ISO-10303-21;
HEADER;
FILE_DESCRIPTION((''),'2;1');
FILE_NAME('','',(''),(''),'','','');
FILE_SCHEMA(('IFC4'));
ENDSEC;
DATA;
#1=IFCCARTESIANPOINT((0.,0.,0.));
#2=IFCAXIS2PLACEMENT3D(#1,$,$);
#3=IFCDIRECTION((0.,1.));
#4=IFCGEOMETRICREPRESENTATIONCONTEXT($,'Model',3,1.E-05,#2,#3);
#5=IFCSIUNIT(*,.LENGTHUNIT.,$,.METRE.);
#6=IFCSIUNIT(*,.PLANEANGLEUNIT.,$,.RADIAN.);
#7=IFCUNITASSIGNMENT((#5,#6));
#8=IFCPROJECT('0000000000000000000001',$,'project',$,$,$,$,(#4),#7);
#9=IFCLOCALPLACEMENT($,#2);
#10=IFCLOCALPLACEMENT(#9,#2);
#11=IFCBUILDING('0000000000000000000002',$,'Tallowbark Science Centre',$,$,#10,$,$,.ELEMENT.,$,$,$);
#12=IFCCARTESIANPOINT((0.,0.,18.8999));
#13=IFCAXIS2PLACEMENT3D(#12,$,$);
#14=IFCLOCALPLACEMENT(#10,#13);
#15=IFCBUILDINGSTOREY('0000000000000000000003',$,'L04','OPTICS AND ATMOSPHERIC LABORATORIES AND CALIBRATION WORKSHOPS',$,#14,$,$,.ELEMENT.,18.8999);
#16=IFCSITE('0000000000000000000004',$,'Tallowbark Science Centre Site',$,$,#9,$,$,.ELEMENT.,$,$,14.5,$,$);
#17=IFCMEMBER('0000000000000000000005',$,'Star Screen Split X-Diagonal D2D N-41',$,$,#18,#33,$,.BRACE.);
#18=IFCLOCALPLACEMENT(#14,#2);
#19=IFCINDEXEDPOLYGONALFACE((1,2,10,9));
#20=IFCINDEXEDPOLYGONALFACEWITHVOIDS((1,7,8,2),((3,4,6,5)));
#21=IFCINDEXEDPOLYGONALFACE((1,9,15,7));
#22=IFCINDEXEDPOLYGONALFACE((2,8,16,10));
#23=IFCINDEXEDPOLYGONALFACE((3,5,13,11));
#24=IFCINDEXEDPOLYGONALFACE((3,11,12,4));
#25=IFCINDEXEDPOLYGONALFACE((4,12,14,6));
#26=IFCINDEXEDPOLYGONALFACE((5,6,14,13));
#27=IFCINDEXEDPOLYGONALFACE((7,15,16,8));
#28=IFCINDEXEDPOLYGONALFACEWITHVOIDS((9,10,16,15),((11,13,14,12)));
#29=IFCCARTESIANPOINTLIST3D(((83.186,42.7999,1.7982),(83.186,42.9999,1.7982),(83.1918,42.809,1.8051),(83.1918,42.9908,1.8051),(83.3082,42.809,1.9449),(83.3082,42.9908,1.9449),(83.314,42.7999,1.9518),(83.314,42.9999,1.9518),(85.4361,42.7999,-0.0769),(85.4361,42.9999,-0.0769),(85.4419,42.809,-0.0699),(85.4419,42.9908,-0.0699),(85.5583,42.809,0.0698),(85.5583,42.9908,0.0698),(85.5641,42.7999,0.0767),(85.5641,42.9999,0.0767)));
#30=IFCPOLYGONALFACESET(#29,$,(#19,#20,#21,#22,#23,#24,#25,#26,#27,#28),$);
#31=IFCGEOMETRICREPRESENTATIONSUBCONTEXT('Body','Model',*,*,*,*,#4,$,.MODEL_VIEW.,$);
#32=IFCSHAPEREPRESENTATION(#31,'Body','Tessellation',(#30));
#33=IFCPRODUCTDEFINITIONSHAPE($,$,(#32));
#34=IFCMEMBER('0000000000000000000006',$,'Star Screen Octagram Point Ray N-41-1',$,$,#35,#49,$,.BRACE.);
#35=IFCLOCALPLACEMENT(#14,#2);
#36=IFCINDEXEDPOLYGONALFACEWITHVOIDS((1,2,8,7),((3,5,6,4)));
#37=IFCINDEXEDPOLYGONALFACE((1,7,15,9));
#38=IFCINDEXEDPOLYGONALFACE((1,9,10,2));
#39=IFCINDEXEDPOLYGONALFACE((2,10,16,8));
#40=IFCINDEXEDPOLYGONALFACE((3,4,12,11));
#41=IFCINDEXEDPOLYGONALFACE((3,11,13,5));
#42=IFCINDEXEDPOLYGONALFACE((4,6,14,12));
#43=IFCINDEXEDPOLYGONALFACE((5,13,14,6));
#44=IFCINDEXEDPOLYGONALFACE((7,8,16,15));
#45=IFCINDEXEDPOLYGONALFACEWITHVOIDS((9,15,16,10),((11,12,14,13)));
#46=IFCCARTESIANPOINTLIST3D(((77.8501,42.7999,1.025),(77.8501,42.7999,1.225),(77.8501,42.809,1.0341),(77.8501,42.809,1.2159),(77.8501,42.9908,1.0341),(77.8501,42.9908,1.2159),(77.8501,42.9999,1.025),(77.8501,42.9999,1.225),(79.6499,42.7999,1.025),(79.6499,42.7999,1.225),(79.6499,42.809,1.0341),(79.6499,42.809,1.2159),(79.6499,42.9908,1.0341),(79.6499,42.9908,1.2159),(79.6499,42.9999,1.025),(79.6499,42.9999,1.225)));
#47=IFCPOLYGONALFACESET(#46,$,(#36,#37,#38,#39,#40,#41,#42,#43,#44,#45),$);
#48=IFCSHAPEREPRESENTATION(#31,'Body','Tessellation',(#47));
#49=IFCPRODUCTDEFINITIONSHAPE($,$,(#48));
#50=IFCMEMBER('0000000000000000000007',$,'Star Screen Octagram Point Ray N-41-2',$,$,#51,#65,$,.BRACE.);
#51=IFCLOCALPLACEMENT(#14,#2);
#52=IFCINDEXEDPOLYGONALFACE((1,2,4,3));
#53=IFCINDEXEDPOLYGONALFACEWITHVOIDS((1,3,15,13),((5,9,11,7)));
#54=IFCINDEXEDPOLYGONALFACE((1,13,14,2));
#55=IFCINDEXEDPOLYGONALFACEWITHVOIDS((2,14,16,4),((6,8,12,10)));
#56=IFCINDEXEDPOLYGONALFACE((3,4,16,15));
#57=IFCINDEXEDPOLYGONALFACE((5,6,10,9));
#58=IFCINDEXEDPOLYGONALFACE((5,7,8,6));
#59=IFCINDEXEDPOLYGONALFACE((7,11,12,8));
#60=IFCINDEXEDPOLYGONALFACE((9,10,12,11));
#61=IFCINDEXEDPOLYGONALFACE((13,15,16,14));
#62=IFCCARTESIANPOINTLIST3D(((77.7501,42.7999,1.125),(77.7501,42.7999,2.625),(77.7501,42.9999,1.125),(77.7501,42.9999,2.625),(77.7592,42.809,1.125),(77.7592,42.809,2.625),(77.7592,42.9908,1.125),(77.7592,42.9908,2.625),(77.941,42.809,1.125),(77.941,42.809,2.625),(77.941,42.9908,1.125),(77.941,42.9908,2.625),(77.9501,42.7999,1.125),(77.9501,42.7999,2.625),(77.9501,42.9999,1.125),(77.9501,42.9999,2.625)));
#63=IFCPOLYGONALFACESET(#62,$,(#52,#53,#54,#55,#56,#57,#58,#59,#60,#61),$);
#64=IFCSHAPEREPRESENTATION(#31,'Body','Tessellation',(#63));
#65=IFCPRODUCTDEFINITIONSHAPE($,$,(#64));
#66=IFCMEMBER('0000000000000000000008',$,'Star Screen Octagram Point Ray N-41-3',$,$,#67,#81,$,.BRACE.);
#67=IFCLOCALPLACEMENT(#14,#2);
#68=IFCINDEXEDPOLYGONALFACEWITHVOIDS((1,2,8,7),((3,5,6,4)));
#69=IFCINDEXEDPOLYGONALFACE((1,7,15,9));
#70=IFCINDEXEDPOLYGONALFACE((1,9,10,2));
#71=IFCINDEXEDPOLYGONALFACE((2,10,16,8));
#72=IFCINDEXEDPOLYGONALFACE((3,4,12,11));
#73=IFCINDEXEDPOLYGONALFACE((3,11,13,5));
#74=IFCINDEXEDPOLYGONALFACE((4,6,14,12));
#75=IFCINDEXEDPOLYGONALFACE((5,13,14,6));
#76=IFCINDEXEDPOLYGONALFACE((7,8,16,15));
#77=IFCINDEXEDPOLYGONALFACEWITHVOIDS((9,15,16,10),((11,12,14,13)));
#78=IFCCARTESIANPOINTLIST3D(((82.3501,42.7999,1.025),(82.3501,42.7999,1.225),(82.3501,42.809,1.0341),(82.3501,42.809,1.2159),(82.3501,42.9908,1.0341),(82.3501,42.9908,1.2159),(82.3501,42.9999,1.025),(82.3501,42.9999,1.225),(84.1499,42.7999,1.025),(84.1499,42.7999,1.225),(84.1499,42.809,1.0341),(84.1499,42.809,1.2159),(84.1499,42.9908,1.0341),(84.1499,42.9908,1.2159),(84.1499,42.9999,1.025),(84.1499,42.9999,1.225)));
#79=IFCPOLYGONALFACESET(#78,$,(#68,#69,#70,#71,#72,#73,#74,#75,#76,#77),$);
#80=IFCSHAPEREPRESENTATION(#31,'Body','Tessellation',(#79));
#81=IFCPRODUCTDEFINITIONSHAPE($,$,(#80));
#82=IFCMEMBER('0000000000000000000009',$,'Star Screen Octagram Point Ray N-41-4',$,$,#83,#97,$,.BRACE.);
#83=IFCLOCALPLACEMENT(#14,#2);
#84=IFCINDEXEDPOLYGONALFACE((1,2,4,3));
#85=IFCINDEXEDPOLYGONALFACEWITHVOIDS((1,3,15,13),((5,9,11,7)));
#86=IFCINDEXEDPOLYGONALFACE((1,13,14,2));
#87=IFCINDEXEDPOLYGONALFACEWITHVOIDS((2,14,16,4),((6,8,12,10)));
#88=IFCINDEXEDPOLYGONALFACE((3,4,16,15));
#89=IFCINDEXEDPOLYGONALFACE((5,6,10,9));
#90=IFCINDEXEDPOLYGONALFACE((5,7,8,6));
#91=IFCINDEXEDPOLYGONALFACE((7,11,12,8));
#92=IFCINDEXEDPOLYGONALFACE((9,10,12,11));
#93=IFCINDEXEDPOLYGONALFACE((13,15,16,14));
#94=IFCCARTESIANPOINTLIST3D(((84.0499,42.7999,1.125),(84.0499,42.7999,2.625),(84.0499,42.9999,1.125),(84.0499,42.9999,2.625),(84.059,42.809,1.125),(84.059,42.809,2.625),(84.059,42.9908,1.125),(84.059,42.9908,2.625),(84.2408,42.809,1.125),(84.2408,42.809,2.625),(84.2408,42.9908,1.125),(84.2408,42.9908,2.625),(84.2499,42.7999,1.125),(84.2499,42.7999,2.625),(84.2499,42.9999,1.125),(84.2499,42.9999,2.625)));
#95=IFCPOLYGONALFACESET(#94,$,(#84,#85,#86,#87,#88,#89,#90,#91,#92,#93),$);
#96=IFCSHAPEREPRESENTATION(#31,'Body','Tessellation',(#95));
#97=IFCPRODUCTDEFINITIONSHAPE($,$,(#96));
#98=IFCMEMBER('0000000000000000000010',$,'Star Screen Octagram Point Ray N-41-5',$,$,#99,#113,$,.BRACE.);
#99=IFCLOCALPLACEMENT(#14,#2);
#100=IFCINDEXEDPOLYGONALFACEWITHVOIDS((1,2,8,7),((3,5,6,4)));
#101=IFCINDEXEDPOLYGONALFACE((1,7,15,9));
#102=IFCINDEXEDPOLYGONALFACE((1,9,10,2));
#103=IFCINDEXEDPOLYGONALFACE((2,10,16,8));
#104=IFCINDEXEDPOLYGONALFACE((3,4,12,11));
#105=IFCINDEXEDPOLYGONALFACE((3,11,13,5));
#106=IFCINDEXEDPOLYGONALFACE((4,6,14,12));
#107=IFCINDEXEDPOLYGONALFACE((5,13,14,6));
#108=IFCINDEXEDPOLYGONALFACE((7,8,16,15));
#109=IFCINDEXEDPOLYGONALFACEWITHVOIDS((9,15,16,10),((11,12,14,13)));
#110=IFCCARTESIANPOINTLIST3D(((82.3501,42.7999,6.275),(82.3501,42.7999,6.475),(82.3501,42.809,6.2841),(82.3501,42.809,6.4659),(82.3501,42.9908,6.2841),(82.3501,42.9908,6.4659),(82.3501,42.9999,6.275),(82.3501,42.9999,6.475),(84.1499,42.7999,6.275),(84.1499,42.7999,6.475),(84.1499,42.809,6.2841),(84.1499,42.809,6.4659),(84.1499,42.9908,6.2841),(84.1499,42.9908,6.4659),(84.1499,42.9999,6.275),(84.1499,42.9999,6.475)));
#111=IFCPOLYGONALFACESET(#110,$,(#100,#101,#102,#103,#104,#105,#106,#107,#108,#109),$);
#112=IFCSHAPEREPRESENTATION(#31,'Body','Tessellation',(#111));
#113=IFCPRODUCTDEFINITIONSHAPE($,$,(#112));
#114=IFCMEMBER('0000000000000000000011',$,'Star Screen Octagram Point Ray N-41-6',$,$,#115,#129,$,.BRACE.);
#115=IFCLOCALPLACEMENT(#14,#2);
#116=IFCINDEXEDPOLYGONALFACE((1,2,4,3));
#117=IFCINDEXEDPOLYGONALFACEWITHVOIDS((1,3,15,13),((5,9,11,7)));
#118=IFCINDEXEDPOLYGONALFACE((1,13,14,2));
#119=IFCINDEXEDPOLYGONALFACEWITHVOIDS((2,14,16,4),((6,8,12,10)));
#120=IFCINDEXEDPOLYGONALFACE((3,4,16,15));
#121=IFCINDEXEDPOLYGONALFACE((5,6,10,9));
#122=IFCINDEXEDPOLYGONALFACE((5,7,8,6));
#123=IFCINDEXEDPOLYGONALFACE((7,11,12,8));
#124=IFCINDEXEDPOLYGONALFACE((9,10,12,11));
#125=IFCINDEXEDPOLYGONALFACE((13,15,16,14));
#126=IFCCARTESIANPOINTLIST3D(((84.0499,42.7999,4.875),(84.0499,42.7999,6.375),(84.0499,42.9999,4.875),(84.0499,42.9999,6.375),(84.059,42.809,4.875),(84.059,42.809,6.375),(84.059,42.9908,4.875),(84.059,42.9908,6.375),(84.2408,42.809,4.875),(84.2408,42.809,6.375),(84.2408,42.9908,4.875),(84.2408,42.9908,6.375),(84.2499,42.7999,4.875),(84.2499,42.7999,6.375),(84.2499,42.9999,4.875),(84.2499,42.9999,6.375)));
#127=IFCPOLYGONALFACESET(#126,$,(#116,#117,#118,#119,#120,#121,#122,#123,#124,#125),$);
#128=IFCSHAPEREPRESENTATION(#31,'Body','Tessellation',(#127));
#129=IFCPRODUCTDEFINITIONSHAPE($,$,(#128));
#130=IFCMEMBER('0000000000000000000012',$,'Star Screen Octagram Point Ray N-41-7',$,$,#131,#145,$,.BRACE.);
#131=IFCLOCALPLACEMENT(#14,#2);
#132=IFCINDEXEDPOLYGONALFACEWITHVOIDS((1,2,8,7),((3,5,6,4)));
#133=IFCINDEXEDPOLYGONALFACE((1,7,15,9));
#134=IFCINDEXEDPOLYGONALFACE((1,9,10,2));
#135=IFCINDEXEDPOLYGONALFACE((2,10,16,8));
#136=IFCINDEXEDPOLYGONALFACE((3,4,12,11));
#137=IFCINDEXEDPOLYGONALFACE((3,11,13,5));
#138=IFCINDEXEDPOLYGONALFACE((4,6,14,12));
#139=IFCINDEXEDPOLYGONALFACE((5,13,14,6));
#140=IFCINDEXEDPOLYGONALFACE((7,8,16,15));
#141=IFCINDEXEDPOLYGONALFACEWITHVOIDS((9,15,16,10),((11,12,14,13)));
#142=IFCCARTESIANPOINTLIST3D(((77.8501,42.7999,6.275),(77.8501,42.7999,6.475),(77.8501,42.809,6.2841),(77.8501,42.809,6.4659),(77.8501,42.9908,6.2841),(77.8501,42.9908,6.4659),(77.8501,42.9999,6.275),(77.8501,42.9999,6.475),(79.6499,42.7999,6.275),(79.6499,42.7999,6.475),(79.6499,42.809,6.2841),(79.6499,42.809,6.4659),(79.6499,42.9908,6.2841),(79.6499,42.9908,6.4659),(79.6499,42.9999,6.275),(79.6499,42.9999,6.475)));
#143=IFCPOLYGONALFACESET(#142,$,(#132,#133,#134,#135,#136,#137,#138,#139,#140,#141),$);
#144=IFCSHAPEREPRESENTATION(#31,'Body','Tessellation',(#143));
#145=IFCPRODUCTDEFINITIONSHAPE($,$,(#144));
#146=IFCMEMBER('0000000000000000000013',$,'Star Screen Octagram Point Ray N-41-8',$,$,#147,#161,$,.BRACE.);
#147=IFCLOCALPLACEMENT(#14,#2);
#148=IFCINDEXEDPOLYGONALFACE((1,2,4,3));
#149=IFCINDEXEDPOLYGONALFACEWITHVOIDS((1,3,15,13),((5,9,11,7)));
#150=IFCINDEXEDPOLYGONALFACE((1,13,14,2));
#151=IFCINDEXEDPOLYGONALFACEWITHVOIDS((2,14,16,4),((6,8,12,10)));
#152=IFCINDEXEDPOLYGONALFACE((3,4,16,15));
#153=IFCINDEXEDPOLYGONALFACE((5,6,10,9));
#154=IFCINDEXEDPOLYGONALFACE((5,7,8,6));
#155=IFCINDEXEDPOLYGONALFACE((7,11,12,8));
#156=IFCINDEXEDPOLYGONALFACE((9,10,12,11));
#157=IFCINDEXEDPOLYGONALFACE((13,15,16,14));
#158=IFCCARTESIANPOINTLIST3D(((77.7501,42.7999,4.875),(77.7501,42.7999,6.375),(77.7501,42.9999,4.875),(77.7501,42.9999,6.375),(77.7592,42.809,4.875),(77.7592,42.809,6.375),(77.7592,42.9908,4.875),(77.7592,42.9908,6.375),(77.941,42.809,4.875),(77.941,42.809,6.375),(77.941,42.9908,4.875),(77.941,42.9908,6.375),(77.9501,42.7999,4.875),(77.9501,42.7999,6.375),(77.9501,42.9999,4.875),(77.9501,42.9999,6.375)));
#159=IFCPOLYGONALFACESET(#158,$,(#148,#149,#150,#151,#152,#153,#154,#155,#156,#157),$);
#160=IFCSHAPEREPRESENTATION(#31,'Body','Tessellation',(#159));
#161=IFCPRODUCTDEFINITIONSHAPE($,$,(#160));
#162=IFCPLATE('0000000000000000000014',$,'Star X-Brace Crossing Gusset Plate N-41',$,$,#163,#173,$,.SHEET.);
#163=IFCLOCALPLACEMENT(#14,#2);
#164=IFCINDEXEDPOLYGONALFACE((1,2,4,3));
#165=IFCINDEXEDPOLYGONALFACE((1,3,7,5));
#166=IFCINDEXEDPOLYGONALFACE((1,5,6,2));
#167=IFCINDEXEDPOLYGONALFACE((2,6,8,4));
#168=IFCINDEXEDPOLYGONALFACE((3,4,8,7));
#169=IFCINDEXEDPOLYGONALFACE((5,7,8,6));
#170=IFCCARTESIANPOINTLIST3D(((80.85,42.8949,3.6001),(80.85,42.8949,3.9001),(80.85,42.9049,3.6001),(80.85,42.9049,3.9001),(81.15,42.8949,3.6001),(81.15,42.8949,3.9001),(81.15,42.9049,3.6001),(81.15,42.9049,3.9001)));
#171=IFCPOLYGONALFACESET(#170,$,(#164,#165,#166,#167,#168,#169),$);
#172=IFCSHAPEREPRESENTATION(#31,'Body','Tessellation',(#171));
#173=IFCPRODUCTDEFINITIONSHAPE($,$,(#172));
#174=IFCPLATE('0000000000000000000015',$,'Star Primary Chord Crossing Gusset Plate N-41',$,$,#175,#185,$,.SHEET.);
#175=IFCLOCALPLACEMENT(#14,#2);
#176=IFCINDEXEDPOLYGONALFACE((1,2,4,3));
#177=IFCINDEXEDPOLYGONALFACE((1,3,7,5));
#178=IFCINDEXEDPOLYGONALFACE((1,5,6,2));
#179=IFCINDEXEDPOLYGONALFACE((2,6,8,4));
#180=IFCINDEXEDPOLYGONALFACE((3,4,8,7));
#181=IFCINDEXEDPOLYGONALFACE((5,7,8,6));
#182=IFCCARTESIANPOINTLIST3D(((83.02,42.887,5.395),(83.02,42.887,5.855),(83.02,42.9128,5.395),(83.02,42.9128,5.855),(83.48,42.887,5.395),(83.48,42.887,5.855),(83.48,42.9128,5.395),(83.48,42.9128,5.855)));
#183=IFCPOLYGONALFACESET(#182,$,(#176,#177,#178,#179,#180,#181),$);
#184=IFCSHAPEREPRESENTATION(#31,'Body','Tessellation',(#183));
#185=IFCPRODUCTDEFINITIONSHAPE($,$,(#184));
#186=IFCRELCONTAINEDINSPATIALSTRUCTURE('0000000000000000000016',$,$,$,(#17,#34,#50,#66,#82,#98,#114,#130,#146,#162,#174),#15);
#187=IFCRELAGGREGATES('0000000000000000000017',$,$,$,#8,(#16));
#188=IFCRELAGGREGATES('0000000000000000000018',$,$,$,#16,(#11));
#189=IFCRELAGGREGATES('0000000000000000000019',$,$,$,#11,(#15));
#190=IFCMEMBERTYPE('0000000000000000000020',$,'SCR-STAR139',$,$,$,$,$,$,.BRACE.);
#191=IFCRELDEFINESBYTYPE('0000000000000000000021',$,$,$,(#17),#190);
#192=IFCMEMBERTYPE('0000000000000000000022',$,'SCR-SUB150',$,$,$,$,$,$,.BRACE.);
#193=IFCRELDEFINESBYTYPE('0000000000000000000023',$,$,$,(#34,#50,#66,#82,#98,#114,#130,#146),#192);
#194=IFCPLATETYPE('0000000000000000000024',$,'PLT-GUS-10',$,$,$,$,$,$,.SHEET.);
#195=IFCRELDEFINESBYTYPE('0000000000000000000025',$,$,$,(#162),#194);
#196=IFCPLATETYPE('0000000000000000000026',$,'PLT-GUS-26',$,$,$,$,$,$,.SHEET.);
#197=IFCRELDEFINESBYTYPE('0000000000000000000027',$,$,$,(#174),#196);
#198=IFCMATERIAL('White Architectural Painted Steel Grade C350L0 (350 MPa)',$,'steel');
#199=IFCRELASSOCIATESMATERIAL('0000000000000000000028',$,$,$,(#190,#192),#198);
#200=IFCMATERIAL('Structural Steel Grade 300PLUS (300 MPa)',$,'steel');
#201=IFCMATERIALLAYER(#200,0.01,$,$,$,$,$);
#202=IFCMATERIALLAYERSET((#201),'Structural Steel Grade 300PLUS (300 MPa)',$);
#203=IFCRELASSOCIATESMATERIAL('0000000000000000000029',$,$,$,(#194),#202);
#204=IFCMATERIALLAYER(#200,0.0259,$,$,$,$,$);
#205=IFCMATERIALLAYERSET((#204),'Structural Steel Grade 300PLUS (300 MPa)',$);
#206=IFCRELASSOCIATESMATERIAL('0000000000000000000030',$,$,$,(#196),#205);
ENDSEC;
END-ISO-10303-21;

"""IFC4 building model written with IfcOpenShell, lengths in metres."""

from ifc_helpers import new_model, si_unit, direction, frame, origin, origin_2d, place, context, subcontext, project, spatial, rectangle, hollow_rectangle, extrude, material, layer, layer_set, material_profile, profile_set, type_object, element, save


model = new_model("IFC4")

# Units and contexts
model_context = context("Model", 3, precision=1e-05, world=origin(), true_north=direction((0.0, 1.0)))
body_context = subcontext(model_context, "Body", "Model", "MODEL_VIEW")
ifc_project = project(units=[si_unit("LENGTHUNIT", "METRE"), si_unit("PLANEANGLEUNIT", "RADIAN")], contexts=[model_context])

# Site, building, storey
site_placement = place(None, origin())
site = spatial("IfcSite", under=ifc_project, at=site_placement, Name="Tallowbark Science Centre Site", CompositionType="ELEMENT", RefElevation=14.5)
building_placement = place(site_placement, origin())
building = spatial("IfcBuilding", under=site, at=building_placement, Name="Tallowbark Science Centre", CompositionType="ELEMENT")
storey_placement = place(building_placement, frame((0.0, 0.0, 18.8999)))
storey = spatial("IfcBuildingStorey", under=building, at=storey_placement, Name="L04", Description="OPTICS AND ATMOSPHERIC LABORATORIES AND CALIBRATION WORKSHOPS", CompositionType="ELEMENT", Elevation=18.8999)

# Shared definitions
ifc_material_1 = material(Name="White Architectural Painted Steel Grade C350L0 (350 MPa)", Category="steel")

# Members
ifc_material_profile_1 = material_profile(ifc_material_1, hollow_rectangle(XDim=0.2, YDim=0.2, WallThickness=0.009, at=origin_2d()), Name="200x200x9.0SHS")
ifc_profile_set_1 = profile_set([ifc_material_profile_1], Name="White Architectural Painted Steel Grade C350L0 (350 MPa)")
member_type_1 = type_object("IfcMemberType", Name="SCR-STAR139", PredefinedType="BRACE", material=ifc_profile_set_1)
for number, where, z_axis, x_axis, name in (
    (1, (83.25, 42.8999, 1.875), (0.768221, 0.0, -0.640184), (0.0, 1.0, 0.0), "Star Screen Split X-Diagonal D2D N-41"),
):
    element("IfcMember", number, at=place(storey_placement, frame(where, z_axis=z_axis, x_axis=x_axis)), inside=storey, type_object=member_type_1, Name=name, PredefinedType="BRACE", context=body_context, shape_type="SweptSolid", body=[
        extrude(hollow_rectangle(XDim=0.2, YDim=0.2, WallThickness=0.009, at=origin_2d()), origin(), (0.0, 0.0, 1.0), 2.929),
    ])
ifc_material_profile_2 = material_profile(ifc_material_1, hollow_rectangle(XDim=0.2, YDim=0.2, WallThickness=0.009, at=origin_2d()), Name="200x200x9.0SHS")
ifc_profile_set_2 = profile_set([ifc_material_profile_2], Name="White Architectural Painted Steel Grade C350L0 (350 MPa)")
member_type_2 = type_object("IfcMemberType", Name="SCR-SUB150", PredefinedType="BRACE", material=ifc_profile_set_2)
member_1_placement = place(storey_placement, frame((77.8501, 42.8999, 1.125), z_axis=(1.0, 0.0, 0.0), x_axis=(0.0, 1.0, 0.0)))
element("IfcMember", 2, at=member_1_placement, inside=storey, type_object=member_type_2, Name="Star Screen Octagram Point Ray N-41-1", PredefinedType="BRACE", context=body_context, shape_type="SweptSolid", body=[
    extrude(hollow_rectangle(XDim=0.2, YDim=0.2, WallThickness=0.009, at=origin_2d()), origin(), (0.0, 0.0, 1.0), 1.7998),
])
member_2_placement = place(storey_placement, frame((77.8501, 42.8999, 1.125), z_axis=(0.0, 0.0, 1.0), x_axis=(1.0, 0.0, 0.0)))
element("IfcMember", 3, at=member_2_placement, inside=storey, type_object=member_type_2, Name="Star Screen Octagram Point Ray N-41-2", PredefinedType="BRACE", context=body_context, shape_type="SweptSolid", body=[
    extrude(hollow_rectangle(XDim=0.2, YDim=0.2, WallThickness=0.009, at=origin_2d()), origin(), (0.0, 0.0, 1.0), 1.5),
])
member_3_placement = place(storey_placement, frame((84.1499, 42.8999, 1.125), z_axis=(-1.0, 0.0, 0.0), x_axis=(0.0, -1.0, 0.0)))
element("IfcMember", 4, at=member_3_placement, inside=storey, type_object=member_type_2, Name="Star Screen Octagram Point Ray N-41-3", PredefinedType="BRACE", context=body_context, shape_type="SweptSolid", body=[
    extrude(hollow_rectangle(XDim=0.2, YDim=0.2, WallThickness=0.009, at=origin_2d()), origin(), (0.0, 0.0, 1.0), 1.7998),
])
member_4_placement = place(storey_placement, frame((84.1499, 42.8999, 1.125), z_axis=(0.0, 0.0, 1.0), x_axis=(1.0, 0.0, 0.0)))
element("IfcMember", 5, at=member_4_placement, inside=storey, type_object=member_type_2, Name="Star Screen Octagram Point Ray N-41-4", PredefinedType="BRACE", context=body_context, shape_type="SweptSolid", body=[
    extrude(hollow_rectangle(XDim=0.2, YDim=0.2, WallThickness=0.009, at=origin_2d()), origin(), (0.0, 0.0, 1.0), 1.5),
])
member_5_placement = place(storey_placement, frame((84.1499, 42.8999, 6.375), z_axis=(-1.0, 0.0, 0.0), x_axis=(0.0, -1.0, 0.0)))
element("IfcMember", 6, at=member_5_placement, inside=storey, type_object=member_type_2, Name="Star Screen Octagram Point Ray N-41-5", PredefinedType="BRACE", context=body_context, shape_type="SweptSolid", body=[
    extrude(hollow_rectangle(XDim=0.2, YDim=0.2, WallThickness=0.009, at=origin_2d()), origin(), (0.0, 0.0, 1.0), 1.7998),
])
member_6_placement = place(storey_placement, frame((84.1499, 42.8999, 6.375), z_axis=(0.0, 0.0, -1.0), x_axis=(1.0, 0.0, 0.0)))
element("IfcMember", 7, at=member_6_placement, inside=storey, type_object=member_type_2, Name="Star Screen Octagram Point Ray N-41-6", PredefinedType="BRACE", context=body_context, shape_type="SweptSolid", body=[
    extrude(hollow_rectangle(XDim=0.2, YDim=0.2, WallThickness=0.009, at=origin_2d()), origin(), (0.0, 0.0, 1.0), 1.5),
])
member_7_placement = place(storey_placement, frame((77.8501, 42.8999, 6.375), z_axis=(1.0, 0.0, 0.0), x_axis=(0.0, 1.0, 0.0)))
element("IfcMember", 8, at=member_7_placement, inside=storey, type_object=member_type_2, Name="Star Screen Octagram Point Ray N-41-7", PredefinedType="BRACE", context=body_context, shape_type="SweptSolid", body=[
    extrude(hollow_rectangle(XDim=0.2, YDim=0.2, WallThickness=0.009, at=origin_2d()), origin(), (0.0, 0.0, 1.0), 1.7998),
])
member_8_placement = place(storey_placement, frame((77.8501, 42.8999, 6.375), z_axis=(0.0, 0.0, -1.0), x_axis=(1.0, 0.0, 0.0)))
element("IfcMember", 9, at=member_8_placement, inside=storey, type_object=member_type_2, Name="Star Screen Octagram Point Ray N-41-8", PredefinedType="BRACE", context=body_context, shape_type="SweptSolid", body=[
    extrude(hollow_rectangle(XDim=0.2, YDim=0.2, WallThickness=0.009, at=origin_2d()), origin(), (0.0, 0.0, 1.0), 1.5),
])

# Plates
ifc_material_2 = material(Name="Structural Steel Grade 300PLUS (300 MPa)", Category="steel")
ifc_layer_1 = layer(ifc_material_2, 0.01)
ifc_layer_set_1 = layer_set([ifc_layer_1], Name="Structural Steel Grade 300PLUS (300 MPa)")
plate_type_1 = type_object("IfcPlateType", Name="PLT-GUS-10", PredefinedType="SHEET", material=ifc_layer_set_1)
plate_1_placement = place(storey_placement, frame((81.0, 42.8999, 3.6001), z_axis=(0.0, 0.0, 1.0), x_axis=(1.0, 0.0, 0.0)))
element("IfcPlate", 10, at=plate_1_placement, inside=storey, type_object=plate_type_1, Name="Star X-Brace Crossing Gusset Plate N-41", PredefinedType="SHEET", context=body_context, shape_type="SweptSolid", body=[
    extrude(rectangle(XDim=0.3, YDim=0.01, at=origin_2d()), origin(), (0.0, 0.0, 1.0), 0.3),
])
ifc_layer_2 = layer(ifc_material_2, 0.0259)
ifc_layer_set_2 = layer_set([ifc_layer_2], Name="Structural Steel Grade 300PLUS (300 MPa)")
plate_type_2 = type_object("IfcPlateType", Name="PLT-GUS-26", PredefinedType="SHEET", material=ifc_layer_set_2)
plate_2_placement = place(storey_placement, frame((83.25, 42.8999, 5.395), z_axis=(0.0, 0.0, 1.0), x_axis=(1.0, 0.0, 0.0)))
element("IfcPlate", 11, at=plate_2_placement, inside=storey, type_object=plate_type_2, Name="Star Primary Chord Crossing Gusset Plate N-41", PredefinedType="SHEET", context=body_context, shape_type="SweptSolid", body=[
    extrude(rectangle(XDim=0.46, YDim=0.0259, at=origin_2d()), origin(), (0.0, 0.0, 1.0), 0.46),
])

save(model, "model.ifc")
